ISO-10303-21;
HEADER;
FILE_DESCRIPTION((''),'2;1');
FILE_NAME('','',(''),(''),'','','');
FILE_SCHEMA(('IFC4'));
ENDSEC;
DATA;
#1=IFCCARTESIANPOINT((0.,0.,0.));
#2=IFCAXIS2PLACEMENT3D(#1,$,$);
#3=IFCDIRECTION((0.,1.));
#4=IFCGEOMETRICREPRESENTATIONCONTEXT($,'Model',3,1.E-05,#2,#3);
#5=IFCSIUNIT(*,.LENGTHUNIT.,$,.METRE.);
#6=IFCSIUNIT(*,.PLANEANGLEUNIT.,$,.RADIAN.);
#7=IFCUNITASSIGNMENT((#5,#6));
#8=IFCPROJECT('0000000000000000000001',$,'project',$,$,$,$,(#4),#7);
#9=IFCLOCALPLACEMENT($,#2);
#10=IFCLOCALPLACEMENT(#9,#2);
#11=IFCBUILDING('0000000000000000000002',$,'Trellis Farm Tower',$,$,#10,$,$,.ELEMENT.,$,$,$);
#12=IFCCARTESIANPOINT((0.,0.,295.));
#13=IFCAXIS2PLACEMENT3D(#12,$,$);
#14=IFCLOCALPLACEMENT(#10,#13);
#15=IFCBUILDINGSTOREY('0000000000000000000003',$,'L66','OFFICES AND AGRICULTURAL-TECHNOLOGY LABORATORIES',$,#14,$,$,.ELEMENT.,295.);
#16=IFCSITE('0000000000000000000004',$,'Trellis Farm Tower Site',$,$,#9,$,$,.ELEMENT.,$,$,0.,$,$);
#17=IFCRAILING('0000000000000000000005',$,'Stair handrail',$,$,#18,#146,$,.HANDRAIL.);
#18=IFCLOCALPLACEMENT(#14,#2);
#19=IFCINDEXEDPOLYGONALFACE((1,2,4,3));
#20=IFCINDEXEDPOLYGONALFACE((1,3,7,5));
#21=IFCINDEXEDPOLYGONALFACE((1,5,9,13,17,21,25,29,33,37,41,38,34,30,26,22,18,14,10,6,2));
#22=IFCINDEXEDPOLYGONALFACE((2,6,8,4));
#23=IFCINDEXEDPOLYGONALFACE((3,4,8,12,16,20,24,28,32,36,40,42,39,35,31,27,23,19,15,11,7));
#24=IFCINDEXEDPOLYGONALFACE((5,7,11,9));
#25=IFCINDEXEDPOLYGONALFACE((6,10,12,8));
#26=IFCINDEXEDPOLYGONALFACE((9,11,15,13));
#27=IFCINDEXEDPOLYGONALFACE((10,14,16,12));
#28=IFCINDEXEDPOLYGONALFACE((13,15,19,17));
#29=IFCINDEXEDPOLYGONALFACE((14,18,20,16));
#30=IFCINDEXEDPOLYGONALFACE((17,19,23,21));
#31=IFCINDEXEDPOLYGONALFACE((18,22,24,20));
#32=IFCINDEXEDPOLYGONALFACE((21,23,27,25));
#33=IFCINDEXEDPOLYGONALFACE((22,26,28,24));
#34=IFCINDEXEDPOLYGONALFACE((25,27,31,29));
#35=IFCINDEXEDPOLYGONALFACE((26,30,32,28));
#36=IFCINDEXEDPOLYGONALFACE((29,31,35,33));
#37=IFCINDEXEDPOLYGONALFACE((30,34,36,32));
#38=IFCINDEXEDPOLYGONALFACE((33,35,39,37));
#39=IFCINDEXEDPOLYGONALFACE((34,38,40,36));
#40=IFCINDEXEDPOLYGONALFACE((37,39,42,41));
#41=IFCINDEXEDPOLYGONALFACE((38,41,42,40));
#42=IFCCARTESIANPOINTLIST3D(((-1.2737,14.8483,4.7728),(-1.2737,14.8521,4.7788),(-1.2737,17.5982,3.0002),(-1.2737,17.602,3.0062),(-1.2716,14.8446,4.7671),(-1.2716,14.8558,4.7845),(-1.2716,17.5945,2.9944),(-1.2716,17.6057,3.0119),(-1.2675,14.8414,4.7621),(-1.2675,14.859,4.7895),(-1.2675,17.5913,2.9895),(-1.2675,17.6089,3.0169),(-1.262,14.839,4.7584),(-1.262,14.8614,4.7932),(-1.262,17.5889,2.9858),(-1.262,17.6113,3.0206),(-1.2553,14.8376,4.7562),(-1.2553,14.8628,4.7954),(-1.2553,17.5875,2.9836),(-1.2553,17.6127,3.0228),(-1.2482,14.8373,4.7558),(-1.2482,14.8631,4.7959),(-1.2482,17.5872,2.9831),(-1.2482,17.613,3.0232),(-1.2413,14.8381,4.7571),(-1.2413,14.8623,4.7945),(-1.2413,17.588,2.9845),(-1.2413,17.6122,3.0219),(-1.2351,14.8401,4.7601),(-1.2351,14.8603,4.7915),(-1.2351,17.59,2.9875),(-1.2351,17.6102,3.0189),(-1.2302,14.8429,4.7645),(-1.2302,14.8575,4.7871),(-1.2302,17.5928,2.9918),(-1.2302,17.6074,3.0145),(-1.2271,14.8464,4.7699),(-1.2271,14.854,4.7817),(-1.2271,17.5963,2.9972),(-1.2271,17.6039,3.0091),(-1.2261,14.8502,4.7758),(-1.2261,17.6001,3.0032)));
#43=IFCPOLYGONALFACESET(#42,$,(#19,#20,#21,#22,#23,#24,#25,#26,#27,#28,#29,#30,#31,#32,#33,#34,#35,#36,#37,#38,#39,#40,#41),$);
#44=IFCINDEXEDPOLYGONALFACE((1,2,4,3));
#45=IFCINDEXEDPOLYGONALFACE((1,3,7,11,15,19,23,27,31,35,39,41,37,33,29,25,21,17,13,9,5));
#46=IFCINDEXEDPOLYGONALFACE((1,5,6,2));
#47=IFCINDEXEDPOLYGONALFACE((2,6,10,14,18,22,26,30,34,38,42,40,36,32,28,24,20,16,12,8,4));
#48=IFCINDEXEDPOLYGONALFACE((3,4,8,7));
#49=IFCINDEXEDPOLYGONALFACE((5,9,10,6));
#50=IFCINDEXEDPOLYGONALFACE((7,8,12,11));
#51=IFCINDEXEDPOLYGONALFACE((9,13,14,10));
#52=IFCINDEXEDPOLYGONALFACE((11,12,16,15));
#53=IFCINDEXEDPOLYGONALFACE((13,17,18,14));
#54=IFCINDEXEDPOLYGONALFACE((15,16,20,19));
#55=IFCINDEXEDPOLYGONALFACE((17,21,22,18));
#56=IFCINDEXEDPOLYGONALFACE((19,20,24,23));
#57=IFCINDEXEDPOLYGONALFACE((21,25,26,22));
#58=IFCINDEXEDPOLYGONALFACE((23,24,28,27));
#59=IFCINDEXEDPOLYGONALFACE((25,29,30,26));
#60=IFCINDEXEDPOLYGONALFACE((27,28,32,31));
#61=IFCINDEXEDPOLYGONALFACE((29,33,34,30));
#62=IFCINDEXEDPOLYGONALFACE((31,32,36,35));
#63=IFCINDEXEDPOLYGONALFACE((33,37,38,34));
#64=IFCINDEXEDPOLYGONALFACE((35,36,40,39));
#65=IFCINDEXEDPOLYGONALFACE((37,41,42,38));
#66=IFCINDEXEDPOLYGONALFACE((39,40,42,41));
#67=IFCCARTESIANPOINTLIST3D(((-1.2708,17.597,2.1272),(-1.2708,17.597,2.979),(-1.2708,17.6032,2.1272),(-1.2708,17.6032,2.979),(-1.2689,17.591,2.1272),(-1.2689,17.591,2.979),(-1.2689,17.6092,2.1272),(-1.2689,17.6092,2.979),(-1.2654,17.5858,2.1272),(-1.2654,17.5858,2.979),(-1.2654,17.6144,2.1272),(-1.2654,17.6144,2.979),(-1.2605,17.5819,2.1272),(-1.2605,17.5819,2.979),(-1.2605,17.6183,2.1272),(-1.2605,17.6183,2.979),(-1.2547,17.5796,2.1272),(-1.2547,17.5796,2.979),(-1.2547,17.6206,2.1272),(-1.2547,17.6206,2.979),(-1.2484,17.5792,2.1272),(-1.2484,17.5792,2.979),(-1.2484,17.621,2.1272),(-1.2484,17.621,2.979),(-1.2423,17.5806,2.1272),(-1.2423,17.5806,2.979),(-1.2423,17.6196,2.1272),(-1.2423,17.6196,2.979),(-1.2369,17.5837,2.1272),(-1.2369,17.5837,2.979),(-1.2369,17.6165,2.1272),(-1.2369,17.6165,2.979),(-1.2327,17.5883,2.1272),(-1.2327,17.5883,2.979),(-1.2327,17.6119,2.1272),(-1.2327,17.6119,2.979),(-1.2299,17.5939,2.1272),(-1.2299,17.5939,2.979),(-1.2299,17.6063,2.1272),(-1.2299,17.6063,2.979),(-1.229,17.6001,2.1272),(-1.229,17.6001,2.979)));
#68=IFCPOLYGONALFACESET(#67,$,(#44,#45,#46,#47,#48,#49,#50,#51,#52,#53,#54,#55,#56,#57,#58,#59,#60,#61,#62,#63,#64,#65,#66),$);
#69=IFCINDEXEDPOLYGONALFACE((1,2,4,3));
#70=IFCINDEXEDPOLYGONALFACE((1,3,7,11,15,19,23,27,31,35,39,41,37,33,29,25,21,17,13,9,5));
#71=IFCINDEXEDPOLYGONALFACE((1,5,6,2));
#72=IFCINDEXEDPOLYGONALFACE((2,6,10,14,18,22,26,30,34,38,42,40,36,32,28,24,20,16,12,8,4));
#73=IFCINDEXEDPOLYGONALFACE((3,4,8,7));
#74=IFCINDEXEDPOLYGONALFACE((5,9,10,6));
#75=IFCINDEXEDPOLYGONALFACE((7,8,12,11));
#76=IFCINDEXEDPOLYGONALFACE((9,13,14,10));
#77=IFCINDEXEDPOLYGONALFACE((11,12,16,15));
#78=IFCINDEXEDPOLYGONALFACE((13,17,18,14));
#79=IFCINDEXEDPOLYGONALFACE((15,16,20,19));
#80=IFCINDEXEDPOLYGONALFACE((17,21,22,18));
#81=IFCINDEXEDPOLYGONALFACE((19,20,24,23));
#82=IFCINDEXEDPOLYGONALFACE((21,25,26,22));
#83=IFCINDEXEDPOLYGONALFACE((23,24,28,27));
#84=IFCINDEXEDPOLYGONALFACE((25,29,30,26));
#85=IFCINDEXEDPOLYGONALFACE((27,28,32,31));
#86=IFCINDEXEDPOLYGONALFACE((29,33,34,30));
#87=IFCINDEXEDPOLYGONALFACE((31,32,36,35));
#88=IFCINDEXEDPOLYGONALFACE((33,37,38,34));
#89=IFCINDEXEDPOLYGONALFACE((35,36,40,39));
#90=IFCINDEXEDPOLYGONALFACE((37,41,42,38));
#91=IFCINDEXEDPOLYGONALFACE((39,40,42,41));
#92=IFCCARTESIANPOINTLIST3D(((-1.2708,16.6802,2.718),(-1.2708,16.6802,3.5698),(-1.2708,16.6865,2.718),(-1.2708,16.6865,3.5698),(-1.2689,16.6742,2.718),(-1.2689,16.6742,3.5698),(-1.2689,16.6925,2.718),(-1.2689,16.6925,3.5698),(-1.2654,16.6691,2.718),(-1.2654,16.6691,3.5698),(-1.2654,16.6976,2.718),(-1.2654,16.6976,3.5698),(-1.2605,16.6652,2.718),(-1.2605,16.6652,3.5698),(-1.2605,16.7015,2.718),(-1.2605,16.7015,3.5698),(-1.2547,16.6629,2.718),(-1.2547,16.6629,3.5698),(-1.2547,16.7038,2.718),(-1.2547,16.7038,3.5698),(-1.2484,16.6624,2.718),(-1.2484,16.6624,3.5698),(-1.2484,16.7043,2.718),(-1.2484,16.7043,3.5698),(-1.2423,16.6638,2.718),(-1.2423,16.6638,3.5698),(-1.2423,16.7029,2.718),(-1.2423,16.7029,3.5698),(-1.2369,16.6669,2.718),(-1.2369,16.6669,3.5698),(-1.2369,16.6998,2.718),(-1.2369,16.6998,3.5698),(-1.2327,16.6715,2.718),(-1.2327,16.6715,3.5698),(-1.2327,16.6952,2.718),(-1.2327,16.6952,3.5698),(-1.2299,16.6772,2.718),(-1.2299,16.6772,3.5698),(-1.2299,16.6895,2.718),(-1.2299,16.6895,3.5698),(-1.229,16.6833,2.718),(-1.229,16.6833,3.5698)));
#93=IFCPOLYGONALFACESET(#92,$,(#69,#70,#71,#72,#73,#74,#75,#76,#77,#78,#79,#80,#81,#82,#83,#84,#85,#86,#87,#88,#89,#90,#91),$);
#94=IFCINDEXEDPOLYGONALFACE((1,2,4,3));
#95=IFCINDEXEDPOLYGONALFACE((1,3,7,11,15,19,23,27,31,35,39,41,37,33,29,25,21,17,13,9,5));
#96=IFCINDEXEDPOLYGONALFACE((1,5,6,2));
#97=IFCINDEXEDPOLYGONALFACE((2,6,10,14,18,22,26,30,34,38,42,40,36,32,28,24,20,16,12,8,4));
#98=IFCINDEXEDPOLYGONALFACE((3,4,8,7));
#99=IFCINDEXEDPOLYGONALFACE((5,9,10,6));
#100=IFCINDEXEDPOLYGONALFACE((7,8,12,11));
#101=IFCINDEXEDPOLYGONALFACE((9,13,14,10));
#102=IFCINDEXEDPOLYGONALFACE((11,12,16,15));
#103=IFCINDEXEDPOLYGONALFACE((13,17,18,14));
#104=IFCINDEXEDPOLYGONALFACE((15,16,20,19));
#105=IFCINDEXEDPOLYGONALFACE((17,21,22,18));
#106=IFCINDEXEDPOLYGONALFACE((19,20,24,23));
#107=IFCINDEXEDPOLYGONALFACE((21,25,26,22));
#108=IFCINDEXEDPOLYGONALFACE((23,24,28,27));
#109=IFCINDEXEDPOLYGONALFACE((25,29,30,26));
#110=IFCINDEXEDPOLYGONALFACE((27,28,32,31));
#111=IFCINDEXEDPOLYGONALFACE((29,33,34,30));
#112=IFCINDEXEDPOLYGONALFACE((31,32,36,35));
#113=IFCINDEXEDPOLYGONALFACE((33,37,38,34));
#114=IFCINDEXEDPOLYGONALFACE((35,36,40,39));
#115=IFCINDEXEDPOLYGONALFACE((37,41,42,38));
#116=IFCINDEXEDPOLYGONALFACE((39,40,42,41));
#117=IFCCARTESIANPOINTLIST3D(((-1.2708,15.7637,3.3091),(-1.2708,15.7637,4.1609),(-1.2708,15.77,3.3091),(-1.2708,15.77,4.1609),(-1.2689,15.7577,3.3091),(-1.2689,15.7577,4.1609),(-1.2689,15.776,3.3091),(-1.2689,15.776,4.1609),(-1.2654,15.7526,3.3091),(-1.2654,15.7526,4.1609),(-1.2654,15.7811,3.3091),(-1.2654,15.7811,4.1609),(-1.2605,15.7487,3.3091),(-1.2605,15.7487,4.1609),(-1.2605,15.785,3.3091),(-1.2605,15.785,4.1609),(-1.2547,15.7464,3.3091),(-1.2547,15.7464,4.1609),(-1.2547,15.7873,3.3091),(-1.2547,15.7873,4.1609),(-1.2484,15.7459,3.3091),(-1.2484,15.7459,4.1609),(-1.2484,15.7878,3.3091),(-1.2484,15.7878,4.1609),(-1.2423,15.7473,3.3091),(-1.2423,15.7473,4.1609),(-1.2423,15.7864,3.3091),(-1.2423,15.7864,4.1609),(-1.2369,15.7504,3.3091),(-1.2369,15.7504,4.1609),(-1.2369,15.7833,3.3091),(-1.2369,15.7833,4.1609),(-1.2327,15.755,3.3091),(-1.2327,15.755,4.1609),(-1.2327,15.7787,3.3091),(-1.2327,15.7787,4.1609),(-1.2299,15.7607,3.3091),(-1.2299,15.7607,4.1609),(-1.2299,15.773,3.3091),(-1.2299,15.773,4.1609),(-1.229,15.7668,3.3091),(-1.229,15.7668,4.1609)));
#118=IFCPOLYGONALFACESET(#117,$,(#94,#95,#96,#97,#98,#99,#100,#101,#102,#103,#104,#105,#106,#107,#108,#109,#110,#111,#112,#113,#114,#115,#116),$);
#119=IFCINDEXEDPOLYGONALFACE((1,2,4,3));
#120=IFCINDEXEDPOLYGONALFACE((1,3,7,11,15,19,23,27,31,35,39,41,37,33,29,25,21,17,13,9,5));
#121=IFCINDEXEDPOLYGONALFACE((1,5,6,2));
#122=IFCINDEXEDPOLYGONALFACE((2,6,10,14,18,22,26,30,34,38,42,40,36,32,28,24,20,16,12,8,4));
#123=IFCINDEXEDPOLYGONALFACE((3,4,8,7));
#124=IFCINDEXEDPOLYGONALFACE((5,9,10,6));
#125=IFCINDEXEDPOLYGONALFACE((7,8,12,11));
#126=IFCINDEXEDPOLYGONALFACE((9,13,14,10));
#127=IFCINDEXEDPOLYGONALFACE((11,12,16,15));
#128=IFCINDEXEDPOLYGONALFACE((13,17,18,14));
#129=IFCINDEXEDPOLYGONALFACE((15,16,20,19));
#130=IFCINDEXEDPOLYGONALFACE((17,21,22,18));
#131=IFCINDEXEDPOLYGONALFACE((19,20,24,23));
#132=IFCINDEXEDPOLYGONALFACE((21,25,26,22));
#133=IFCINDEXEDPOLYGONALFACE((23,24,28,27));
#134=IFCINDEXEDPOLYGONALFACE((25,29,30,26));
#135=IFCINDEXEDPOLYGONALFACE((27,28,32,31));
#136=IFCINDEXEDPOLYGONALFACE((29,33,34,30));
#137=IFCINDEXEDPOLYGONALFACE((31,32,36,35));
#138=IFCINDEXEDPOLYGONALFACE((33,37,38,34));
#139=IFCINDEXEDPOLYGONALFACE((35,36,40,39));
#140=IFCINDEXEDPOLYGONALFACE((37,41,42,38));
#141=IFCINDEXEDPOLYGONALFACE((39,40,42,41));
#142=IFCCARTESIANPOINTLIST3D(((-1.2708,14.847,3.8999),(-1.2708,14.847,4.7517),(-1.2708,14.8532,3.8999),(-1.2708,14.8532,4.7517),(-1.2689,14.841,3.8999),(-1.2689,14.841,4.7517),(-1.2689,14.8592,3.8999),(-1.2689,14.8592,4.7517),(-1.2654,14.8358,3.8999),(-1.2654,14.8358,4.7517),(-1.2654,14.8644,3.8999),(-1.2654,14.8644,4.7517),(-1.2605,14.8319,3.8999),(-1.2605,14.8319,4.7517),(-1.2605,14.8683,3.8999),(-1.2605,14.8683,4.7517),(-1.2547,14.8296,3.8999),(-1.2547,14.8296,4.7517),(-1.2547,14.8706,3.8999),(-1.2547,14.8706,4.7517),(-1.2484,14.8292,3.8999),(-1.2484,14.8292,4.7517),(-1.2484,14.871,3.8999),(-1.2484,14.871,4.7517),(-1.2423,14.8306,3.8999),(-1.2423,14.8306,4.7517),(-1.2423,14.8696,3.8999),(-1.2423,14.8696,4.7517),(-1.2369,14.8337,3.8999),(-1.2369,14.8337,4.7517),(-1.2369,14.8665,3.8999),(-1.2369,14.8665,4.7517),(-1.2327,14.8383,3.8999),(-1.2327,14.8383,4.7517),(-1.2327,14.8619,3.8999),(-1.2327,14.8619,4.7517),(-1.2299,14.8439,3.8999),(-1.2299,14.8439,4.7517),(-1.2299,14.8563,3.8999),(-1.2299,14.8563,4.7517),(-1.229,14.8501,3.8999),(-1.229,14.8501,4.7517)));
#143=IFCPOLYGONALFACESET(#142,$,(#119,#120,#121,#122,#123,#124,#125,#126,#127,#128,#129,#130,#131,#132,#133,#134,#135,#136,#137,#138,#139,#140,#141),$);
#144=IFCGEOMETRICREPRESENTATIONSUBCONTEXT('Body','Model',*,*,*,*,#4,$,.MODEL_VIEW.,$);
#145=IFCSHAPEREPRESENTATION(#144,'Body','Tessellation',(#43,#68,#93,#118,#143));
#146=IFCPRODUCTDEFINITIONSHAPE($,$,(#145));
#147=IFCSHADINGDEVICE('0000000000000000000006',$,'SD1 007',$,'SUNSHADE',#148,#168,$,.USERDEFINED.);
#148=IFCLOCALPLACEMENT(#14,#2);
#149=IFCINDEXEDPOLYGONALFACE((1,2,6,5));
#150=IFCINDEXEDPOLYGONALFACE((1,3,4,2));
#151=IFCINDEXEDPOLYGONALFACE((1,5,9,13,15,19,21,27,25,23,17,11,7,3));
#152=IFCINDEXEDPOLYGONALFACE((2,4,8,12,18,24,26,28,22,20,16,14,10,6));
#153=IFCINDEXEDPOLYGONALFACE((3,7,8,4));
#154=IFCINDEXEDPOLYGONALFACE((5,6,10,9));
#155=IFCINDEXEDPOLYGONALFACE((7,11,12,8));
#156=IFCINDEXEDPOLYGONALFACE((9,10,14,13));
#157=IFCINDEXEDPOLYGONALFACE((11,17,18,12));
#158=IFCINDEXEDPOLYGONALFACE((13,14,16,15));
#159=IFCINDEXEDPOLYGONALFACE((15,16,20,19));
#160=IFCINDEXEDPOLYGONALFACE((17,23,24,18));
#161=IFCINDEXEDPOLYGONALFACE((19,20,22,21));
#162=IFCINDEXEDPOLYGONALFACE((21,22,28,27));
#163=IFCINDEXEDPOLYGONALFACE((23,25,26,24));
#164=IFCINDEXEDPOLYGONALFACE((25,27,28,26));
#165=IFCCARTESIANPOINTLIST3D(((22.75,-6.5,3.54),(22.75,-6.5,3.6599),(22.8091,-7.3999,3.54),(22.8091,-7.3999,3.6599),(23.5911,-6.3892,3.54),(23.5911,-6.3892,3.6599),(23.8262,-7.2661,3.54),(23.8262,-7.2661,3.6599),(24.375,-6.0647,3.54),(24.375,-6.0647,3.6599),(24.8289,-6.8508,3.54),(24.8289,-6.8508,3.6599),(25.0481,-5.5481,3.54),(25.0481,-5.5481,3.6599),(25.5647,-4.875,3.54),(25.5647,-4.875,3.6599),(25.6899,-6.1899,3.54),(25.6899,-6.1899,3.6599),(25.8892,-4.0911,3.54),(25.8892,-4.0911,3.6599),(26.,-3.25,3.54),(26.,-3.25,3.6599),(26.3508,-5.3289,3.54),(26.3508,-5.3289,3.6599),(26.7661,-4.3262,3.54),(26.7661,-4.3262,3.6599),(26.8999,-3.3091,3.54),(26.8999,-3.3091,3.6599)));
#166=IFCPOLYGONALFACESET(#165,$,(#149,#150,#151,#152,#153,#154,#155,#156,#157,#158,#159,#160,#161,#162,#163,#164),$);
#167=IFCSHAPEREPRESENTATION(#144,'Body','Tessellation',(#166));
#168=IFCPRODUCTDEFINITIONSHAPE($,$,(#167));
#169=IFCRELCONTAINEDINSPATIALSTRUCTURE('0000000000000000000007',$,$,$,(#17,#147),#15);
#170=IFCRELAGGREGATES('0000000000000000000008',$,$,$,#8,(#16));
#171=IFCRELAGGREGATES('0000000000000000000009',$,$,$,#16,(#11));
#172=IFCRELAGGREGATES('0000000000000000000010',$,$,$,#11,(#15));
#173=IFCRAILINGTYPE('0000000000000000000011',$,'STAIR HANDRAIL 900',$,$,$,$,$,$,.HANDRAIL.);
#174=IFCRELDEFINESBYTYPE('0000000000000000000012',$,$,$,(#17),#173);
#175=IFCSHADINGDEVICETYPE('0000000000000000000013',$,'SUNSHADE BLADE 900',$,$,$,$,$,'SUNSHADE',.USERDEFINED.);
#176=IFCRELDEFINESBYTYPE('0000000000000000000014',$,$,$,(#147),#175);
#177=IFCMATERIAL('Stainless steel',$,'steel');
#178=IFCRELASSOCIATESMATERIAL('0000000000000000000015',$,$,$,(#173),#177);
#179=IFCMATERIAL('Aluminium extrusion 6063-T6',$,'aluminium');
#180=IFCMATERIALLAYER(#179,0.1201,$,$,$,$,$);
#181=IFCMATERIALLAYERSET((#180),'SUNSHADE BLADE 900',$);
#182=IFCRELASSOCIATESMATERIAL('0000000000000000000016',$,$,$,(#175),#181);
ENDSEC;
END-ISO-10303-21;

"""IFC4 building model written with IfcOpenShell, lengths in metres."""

from ifc_helpers import new_model, si_unit, direction, frame, origin, origin_2d, place, context, subcontext, project, spatial, polyline, circle, outline, extrude, source, transform, mapped, material, layer, layer_set, type_object, element, save


model = new_model("IFC4")

# Units and contexts
model_context = context("Model", 3, precision=1e-05, world=origin(), true_north=direction((0.0, 1.0)))
body_context = subcontext(model_context, "Body", "Model", "MODEL_VIEW")
ifc_project = project(units=[si_unit("LENGTHUNIT", "METRE"), si_unit("PLANEANGLEUNIT", "RADIAN")], contexts=[model_context])

# Site, building, storey
site_placement = place(None, origin())
site = spatial("IfcSite", under=ifc_project, at=site_placement, Name="Trellis Farm Tower Site", CompositionType="ELEMENT", RefElevation=0.0)
building_placement = place(site_placement, origin())
building = spatial("IfcBuilding", under=site, at=building_placement, Name="Trellis Farm Tower", CompositionType="ELEMENT")
storey_placement = place(building_placement, frame((0.0, 0.0, 295.0)))
storey = spatial("IfcBuildingStorey", under=building, at=storey_placement, Name="L66", Description="OFFICES AND AGRICULTURAL-TECHNOLOGY LABORATORIES", CompositionType="ELEMENT", Elevation=295.0)

# Shared definitions
ifc_material_1 = material(Name="Aluminium extrusion 6063-T6", Category="aluminium")

# Railing
ifc_material_2 = material(Name="Stainless steel", Category="steel")
railing_type = type_object("IfcRailingType", Name="STAIR HANDRAIL 900", PredefinedType="HANDRAIL", material=ifc_material_2)
shared_shape_1 = source(origin(), body_context, "Body", "SweptSolid", [
    extrude(circle(Radius=0.0239, at=origin_2d()), frame((0.0, 0.0, 0.876), z_axis=(0.0, -0.840504, 0.541806), x_axis=(1.0, 0.0, 0.0)), (0.0, 0.0, 1.0), 3.2717),
    extrude(circle(Radius=0.021, at=origin_2d()), origin(), (0.0, 0.0, 1.0), 0.8518),
    extrude(circle(Radius=0.021, at=origin_2d()), frame((0.0, -0.9167, 0.5908)), (0.0, 0.0, 1.0), 0.8518),
    extrude(circle(Radius=0.021, at=origin_2d()), frame((0.0, -1.8333, 1.1819)), (0.0, 0.0, 1.0), 0.8518),
    extrude(circle(Radius=0.021, at=origin_2d()), frame((0.0, -2.75, 1.7727)), (0.0, 0.0, 1.0), 0.8518),
])
railing_placement = place(storey_placement, frame((-1.25, 17.6001, 2.1272)))
element("IfcRailing", 1, at=railing_placement, inside=storey, type_object=railing_type, Name="Stair handrail", PredefinedType="HANDRAIL", context=body_context, shape_type="MappedRepresentation", body=[
    mapped(shared_shape_1, transform((0.0, 0.0, 0.0))),
])

# Shading device
ifc_layer_1 = layer(ifc_material_1, 0.1201)
ifc_layer_set_1 = layer_set([ifc_layer_1], Name="SUNSHADE BLADE 900")
shading_device_type = type_object("IfcShadingDeviceType", Name="SUNSHADE BLADE 900", ElementType="SUNSHADE", PredefinedType="USERDEFINED", material=ifc_layer_set_1)
shared_shape_2 = source(origin(), body_context, "Body", "SweptSolid", [
    extrude(outline(polyline([(22.8091, -7.3999), (23.8262, -7.2661), (24.8289, -6.8508), (25.6899, -6.1899), (26.3508, -5.3289), (26.7661, -4.3262), (26.8999, -3.3091), (26.0, -3.25), (25.8892, -4.0911), (25.5647, -4.875), (25.0481, -5.5481), (24.375, -6.0647), (23.5911, -6.3892), (22.75, -6.5), (22.8091, -7.3999)])), origin(), (0.0, 0.0, 1.0), 0.1199),
])
shading_device_placement = place(storey_placement, frame((0.0, 0.0, 3.54)))
element("IfcShadingDevice", 2, at=shading_device_placement, inside=storey, type_object=shading_device_type, Name="SD1 007", ObjectType="SUNSHADE", PredefinedType="USERDEFINED", context=body_context, shape_type="MappedRepresentation", body=[
    mapped(shared_shape_2, transform((0.0, 0.0, 0.0))),
])

save(model, "model.ifc")
